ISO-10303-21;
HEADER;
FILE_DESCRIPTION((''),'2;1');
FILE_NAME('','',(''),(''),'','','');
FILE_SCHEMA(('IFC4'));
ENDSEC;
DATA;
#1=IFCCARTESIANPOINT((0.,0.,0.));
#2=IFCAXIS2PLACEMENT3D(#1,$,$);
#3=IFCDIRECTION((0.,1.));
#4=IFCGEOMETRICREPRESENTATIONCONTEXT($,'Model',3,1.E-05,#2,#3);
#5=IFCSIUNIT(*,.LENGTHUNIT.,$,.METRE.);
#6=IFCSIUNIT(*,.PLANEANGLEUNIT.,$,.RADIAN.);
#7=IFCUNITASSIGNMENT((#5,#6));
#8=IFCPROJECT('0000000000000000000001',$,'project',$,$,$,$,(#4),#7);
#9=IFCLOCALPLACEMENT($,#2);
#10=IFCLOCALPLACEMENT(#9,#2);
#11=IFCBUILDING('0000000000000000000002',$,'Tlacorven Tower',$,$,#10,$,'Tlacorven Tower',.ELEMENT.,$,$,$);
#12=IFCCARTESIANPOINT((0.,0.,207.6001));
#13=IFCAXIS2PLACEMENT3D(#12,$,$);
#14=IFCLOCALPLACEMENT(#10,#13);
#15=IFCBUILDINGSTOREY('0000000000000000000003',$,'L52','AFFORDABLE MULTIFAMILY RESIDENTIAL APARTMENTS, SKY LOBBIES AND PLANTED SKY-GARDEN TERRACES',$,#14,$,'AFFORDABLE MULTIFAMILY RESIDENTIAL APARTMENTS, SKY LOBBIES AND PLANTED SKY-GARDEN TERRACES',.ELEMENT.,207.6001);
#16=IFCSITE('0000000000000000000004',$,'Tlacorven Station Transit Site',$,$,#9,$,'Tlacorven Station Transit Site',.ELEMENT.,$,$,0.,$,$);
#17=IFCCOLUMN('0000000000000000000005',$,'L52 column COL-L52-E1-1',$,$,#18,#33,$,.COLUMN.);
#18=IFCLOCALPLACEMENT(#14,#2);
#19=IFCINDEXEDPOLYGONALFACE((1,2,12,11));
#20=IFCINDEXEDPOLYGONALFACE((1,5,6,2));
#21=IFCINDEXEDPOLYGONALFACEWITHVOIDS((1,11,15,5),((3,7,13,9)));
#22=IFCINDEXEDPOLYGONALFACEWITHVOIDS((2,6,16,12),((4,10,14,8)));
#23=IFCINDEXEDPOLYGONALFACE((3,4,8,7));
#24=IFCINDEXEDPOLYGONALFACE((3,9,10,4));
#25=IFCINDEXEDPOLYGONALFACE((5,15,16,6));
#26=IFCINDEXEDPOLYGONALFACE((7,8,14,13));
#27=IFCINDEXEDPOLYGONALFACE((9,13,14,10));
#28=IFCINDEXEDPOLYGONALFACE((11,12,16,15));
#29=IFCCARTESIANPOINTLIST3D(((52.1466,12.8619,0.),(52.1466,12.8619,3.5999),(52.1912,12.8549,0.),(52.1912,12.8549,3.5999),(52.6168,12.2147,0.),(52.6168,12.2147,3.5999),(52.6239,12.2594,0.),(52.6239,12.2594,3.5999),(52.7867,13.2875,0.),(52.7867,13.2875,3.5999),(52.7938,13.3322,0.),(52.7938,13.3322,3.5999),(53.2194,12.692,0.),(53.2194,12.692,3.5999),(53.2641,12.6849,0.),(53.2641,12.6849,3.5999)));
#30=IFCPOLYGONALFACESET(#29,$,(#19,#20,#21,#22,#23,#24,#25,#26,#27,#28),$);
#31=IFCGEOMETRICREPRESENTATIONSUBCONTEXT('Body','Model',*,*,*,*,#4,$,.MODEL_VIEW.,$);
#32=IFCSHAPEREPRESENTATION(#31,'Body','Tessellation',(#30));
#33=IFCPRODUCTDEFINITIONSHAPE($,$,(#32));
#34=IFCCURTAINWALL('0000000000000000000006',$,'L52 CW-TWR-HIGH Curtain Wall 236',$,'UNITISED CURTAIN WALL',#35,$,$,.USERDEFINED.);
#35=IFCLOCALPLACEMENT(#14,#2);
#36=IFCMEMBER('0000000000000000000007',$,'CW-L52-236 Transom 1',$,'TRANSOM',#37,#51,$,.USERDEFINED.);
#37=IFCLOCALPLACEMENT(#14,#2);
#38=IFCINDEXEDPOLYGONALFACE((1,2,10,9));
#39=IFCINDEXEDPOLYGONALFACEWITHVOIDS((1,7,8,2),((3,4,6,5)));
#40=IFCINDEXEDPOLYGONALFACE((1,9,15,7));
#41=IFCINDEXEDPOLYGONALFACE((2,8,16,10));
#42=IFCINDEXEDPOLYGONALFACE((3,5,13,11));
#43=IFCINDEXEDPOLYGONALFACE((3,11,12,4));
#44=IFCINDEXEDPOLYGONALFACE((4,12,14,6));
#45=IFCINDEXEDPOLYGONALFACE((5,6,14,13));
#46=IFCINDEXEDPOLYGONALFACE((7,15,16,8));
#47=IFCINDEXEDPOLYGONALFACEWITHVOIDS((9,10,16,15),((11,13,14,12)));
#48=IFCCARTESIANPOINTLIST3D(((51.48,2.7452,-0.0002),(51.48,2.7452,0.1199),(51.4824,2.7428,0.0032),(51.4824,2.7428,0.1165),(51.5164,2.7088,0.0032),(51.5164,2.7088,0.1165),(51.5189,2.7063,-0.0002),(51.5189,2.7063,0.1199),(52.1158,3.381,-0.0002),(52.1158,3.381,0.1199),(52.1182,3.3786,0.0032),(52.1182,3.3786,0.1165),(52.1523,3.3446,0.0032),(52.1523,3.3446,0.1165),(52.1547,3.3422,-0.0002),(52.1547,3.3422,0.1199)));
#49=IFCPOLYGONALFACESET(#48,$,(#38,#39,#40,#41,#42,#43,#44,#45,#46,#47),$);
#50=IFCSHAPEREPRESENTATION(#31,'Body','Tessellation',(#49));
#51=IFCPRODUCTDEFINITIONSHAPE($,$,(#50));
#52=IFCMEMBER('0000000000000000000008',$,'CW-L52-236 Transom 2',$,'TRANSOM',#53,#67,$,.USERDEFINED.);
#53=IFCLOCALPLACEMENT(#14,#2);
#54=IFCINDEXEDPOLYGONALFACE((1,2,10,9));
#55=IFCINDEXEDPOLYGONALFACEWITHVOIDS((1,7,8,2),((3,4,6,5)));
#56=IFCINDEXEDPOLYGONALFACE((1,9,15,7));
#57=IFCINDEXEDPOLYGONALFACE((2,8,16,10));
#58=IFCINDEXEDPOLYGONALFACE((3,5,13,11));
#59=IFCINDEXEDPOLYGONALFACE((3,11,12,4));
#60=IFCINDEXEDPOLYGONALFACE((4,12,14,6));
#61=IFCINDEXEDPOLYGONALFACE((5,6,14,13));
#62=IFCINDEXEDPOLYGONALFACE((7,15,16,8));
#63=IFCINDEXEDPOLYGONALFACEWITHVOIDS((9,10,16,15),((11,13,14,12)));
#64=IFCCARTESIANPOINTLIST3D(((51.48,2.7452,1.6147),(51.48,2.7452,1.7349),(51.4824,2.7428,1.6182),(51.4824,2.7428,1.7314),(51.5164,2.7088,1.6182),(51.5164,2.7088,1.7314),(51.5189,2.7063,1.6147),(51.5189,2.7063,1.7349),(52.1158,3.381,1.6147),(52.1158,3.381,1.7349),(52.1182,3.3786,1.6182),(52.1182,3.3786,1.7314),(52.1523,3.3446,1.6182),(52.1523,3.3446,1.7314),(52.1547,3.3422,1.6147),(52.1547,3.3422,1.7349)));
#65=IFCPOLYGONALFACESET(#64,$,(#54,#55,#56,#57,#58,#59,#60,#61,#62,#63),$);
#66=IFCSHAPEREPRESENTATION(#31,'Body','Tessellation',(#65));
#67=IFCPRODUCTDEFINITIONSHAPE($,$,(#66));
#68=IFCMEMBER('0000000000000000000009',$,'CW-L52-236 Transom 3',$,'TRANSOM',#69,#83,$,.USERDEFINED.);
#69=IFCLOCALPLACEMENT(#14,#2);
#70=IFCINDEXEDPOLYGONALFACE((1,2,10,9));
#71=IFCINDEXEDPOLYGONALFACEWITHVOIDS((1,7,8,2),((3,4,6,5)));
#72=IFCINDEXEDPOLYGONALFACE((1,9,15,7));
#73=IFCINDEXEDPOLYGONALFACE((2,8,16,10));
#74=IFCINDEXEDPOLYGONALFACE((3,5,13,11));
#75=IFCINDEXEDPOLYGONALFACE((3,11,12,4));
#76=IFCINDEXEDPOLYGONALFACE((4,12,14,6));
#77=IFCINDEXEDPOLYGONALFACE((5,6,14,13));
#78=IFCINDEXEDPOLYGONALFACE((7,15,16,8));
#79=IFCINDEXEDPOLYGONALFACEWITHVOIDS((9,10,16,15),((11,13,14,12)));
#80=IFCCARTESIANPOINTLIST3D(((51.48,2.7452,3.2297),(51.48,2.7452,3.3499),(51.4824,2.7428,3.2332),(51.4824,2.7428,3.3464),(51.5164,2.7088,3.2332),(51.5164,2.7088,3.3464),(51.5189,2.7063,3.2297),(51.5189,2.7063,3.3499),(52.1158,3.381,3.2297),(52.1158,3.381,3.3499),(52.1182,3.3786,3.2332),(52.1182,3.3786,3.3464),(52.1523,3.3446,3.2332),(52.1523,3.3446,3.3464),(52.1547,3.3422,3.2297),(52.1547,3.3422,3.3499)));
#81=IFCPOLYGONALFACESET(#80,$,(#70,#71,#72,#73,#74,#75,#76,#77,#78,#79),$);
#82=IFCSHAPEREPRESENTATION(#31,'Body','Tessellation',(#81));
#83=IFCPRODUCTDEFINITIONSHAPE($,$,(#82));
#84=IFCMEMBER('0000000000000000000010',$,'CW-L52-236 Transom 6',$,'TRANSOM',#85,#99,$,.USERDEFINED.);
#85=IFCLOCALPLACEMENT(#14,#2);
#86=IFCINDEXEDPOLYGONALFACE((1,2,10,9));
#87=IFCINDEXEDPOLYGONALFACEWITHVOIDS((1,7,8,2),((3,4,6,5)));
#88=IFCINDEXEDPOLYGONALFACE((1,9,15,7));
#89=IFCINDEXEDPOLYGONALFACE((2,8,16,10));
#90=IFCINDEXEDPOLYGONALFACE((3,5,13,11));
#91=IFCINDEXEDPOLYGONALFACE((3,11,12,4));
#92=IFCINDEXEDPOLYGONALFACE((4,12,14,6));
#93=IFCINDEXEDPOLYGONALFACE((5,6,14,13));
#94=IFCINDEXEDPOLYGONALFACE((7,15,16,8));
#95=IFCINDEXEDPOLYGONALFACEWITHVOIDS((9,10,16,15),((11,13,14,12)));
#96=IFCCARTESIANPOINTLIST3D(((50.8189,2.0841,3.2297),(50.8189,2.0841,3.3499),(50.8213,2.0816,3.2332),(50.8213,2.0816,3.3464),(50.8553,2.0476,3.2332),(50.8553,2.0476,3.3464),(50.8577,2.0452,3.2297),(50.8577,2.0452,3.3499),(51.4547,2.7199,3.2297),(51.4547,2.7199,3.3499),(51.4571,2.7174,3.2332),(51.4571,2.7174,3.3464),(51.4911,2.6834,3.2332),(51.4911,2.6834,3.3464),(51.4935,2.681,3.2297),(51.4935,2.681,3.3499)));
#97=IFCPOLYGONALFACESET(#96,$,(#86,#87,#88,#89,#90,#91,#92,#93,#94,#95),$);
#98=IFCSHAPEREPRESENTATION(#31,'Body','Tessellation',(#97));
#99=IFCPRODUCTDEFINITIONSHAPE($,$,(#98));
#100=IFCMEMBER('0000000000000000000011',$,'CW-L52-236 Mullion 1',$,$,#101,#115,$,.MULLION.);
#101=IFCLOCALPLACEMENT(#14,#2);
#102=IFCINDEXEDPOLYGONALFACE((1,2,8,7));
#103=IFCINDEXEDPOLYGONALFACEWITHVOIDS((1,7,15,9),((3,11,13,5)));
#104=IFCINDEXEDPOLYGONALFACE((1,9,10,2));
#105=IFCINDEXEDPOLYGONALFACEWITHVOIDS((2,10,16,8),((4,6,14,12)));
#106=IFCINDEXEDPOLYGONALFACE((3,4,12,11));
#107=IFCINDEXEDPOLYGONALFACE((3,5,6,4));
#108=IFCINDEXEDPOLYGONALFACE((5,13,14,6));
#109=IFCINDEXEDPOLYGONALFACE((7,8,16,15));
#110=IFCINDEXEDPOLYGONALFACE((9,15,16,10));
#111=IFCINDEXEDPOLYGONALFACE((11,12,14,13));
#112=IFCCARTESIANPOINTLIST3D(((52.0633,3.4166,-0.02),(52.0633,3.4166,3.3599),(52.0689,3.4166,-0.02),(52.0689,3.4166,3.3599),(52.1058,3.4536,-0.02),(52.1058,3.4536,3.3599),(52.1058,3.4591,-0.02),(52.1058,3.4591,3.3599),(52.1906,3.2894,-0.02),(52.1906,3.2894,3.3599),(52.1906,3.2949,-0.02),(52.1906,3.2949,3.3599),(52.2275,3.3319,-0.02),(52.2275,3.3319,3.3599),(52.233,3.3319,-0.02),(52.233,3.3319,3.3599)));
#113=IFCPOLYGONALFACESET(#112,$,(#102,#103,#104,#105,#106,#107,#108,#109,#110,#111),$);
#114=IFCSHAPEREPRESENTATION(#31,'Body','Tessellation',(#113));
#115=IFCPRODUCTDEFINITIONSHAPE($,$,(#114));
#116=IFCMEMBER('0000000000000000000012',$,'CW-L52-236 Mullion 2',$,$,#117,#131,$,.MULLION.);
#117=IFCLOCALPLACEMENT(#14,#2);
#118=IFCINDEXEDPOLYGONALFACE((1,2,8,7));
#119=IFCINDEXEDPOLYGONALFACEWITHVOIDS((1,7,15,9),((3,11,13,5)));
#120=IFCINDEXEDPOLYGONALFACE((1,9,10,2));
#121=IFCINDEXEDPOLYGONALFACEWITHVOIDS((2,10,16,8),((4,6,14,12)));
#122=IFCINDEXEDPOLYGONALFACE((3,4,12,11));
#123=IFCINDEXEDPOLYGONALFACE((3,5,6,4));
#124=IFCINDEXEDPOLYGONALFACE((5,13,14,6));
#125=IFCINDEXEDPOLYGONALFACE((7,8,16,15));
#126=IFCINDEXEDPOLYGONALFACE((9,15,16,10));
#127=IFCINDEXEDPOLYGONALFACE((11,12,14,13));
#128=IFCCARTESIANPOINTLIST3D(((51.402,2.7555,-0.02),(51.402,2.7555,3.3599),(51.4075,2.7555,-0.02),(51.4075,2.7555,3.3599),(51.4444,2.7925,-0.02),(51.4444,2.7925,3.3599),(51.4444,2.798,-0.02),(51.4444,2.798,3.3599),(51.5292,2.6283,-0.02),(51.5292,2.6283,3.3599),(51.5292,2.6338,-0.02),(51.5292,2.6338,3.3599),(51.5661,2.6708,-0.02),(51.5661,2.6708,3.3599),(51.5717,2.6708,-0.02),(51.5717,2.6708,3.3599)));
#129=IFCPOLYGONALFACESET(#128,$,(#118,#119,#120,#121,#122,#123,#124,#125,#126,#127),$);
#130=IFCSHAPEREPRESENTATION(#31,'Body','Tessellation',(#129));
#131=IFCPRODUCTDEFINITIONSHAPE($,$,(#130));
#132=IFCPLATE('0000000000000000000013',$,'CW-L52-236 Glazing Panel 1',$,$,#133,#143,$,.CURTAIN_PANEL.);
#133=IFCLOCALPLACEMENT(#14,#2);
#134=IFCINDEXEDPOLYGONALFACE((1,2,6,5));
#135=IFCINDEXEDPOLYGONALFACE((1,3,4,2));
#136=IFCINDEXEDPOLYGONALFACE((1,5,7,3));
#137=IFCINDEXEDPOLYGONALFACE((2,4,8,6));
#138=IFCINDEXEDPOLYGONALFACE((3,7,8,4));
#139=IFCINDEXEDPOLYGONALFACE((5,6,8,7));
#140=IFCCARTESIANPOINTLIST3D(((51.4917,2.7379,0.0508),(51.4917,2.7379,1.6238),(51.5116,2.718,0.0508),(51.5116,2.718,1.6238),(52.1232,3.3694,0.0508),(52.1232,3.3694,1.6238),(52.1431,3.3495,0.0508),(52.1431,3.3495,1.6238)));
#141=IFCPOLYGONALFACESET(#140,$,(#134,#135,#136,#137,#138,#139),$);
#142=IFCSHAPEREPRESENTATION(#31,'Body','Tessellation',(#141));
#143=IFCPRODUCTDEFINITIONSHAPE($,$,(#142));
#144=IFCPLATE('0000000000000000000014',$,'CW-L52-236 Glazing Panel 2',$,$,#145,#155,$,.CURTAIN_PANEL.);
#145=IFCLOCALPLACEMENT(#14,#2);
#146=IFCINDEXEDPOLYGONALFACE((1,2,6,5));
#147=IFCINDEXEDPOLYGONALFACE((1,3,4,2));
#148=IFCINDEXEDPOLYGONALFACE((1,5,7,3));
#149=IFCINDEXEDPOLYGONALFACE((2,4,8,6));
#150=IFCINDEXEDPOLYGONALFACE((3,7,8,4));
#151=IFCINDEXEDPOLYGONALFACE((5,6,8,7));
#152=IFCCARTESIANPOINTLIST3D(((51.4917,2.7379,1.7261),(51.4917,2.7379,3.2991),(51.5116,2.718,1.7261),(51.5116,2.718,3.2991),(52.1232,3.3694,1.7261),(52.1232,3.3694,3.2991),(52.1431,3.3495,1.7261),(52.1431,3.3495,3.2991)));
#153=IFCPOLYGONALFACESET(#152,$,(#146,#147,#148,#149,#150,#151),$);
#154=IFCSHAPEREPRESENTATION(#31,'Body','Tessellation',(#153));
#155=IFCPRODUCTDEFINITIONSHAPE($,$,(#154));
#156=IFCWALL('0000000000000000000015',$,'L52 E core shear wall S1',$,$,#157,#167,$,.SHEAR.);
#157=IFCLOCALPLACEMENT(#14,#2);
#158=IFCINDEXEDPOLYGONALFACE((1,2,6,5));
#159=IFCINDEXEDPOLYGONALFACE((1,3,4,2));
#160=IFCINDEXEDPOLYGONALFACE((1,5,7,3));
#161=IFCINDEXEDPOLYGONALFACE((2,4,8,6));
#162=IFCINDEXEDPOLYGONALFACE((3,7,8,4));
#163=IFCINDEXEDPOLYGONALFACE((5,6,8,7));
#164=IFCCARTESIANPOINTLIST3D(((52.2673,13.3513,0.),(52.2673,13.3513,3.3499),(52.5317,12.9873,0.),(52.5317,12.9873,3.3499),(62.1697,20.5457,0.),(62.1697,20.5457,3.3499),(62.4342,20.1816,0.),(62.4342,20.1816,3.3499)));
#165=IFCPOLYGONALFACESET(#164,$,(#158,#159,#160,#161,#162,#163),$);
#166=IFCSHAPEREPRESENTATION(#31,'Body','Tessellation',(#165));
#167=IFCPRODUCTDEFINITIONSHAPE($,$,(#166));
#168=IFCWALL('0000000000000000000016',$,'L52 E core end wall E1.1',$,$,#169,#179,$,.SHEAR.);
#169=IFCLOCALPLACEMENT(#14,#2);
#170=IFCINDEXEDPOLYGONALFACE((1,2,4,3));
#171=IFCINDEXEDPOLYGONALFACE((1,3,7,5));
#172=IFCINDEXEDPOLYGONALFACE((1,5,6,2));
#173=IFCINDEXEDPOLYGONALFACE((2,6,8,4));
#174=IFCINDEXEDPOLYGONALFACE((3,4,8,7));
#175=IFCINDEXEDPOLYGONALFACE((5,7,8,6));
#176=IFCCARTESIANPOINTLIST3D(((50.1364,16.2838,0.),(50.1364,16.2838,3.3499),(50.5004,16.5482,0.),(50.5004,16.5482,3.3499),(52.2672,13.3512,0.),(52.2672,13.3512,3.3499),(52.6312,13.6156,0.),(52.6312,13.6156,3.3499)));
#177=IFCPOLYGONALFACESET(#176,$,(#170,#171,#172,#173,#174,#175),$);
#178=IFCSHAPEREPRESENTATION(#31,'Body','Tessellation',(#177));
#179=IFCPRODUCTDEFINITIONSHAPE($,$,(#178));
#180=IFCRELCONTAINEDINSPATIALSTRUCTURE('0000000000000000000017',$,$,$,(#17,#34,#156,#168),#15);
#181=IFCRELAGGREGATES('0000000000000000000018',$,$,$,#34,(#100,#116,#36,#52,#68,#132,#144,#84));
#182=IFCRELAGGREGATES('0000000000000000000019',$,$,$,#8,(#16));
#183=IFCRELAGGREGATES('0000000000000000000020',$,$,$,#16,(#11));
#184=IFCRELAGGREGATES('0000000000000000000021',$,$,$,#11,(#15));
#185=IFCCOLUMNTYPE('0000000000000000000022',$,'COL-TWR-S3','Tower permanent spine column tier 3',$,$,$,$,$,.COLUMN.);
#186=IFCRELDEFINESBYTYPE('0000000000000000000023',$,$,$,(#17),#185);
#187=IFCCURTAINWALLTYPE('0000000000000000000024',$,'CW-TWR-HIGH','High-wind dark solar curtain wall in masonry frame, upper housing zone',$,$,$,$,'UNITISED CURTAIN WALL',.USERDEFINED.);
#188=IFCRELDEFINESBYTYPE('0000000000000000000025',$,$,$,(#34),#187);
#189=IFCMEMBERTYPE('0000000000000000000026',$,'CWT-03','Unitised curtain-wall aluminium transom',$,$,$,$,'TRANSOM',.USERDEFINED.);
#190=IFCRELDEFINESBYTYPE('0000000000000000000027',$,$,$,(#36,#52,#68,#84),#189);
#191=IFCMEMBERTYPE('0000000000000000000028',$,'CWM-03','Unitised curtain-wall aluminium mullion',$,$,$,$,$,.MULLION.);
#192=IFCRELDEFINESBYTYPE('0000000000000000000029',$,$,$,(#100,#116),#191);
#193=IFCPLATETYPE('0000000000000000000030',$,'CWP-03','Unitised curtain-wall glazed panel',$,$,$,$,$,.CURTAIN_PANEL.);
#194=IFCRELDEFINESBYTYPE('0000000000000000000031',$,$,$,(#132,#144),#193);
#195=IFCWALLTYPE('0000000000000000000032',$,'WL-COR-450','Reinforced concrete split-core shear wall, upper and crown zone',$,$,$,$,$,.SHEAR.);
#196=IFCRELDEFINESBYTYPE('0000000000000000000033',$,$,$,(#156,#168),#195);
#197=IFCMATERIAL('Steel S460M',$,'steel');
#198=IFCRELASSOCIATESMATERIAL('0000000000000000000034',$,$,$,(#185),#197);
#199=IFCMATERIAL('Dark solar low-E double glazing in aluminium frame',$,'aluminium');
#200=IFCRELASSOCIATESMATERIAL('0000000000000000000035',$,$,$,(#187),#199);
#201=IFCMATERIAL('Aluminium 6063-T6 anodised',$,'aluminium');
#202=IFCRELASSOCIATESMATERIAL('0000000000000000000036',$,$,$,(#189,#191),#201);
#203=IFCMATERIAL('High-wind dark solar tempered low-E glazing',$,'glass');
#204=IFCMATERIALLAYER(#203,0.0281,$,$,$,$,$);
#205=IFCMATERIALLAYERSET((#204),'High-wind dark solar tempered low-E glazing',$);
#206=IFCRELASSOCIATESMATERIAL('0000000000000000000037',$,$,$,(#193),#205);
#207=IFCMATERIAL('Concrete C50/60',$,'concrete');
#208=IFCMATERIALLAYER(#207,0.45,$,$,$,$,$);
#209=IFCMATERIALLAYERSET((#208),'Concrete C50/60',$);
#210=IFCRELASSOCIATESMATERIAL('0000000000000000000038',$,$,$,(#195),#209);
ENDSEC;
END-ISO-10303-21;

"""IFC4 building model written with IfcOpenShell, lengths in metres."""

from ifc_helpers import new_model, si_unit, direction, frame, frame_2d, origin, origin_2d, place, context, subcontext, project, spatial, rectangle, hollow_rectangle, extrude, source, transform, mapped, material, layer, layer_set, material_profile, profile_set, type_object, element, aggregate, save


model = new_model("IFC4")

# Units and contexts
model_context = context("Model", 3, precision=1e-05, world=origin(), true_north=direction((0.0, 1.0)))
body_context = subcontext(model_context, "Body", "Model", "MODEL_VIEW")
ifc_project = project(units=[si_unit("LENGTHUNIT", "METRE"), si_unit("PLANEANGLEUNIT", "RADIAN")], contexts=[model_context])

# Site, building, storey
site_placement = place(None, origin())
site = spatial("IfcSite", under=ifc_project, at=site_placement, Name="Tlacorven Station Transit Site", LongName="Tlacorven Station Transit Site", CompositionType="ELEMENT", RefElevation=0.0)
building_placement = place(site_placement, origin())
building = spatial("IfcBuilding", under=site, at=building_placement, Name="Tlacorven Tower", LongName="Tlacorven Tower", CompositionType="ELEMENT")
storey_placement = place(building_placement, frame((0.0, 0.0, 207.6001)))
storey = spatial("IfcBuildingStorey", under=building, at=storey_placement, Name="L52", Description="AFFORDABLE MULTIFAMILY RESIDENTIAL APARTMENTS, SKY LOBBIES AND PLANTED SKY-GARDEN TERRACES", LongName="AFFORDABLE MULTIFAMILY RESIDENTIAL APARTMENTS, SKY LOBBIES AND PLANTED SKY-GARDEN TERRACES", CompositionType="ELEMENT", Elevation=207.6001)

# Column
ifc_material_1 = material(Name="Steel S460M", Category="steel")
ifc_material_profile_1 = material_profile(ifc_material_1, hollow_rectangle(XDim=0.8, YDim=0.8, WallThickness=0.032, at=origin_2d()), Name="BOX 800X800X32")
ifc_profile_set_1 = profile_set([ifc_material_profile_1], Name="Steel S460M")
column_type = type_object("IfcColumnType", Name="COL-TWR-S3", Description="Tower permanent spine column tier 3", PredefinedType="COLUMN", material=ifc_profile_set_1)
shared_shape_1 = source(origin(), body_context, "Body", "SweptSolid", [
    extrude(hollow_rectangle(XDim=0.8, YDim=0.8, WallThickness=0.032, at=origin_2d()), origin(), (0.0, 0.0, 1.0), 3.5999),
])
column_placement = place(storey_placement, frame((52.7053, 12.7734, 0.0), z_axis=(0.0, 0.0, 1.0), x_axis=(0.809017, 0.587785, 0.0)))
element("IfcColumn", 1, at=column_placement, inside=storey, type_object=column_type, Name="L52 column COL-L52-E1-1", PredefinedType="COLUMN", context=body_context, shape_type="MappedRepresentation", body=[
    mapped(shared_shape_1, transform((0.0, 0.0, 0.0), scale=1.0)),
])

# Curtain wall, members, plates
ifc_material_2 = material(Name="Dark solar low-E double glazing in aluminium frame", Category="aluminium")
curtain_wall_type = type_object("IfcCurtainWallType", Name="CW-TWR-HIGH", Description="High-wind dark solar curtain wall in masonry frame, upper housing zone", ElementType="UNITISED CURTAIN WALL", PredefinedType="USERDEFINED", material=ifc_material_2)
curtain_wall_placement = place(storey_placement, origin())
curtain_wall = element("IfcCurtainWall", 2, at=curtain_wall_placement, inside=storey, type_object=curtain_wall_type, Name="L52 CW-TWR-HIGH Curtain Wall 236", ObjectType="UNITISED CURTAIN WALL", PredefinedType="USERDEFINED")
ifc_material_3 = material(Name="Aluminium 6063-T6 anodised", Category="aluminium")
ifc_material_profile_2 = material_profile(ifc_material_3, hollow_rectangle(XDim=0.0549, YDim=0.1201, WallThickness=0.0034, at=origin_2d()), Name="ALU TRANSOM 55X120")
ifc_profile_set_2 = profile_set([ifc_material_profile_2], Name="Aluminium 6063-T6 anodised")
member_type_1 = type_object("IfcMemberType", Name="CWT-03", Description="Unitised curtain-wall aluminium transom", ElementType="TRANSOM", PredefinedType="USERDEFINED", material=ifc_profile_set_2)
shared_shape_2 = source(origin(), body_context, "Body", "SweptSolid", [
    extrude(hollow_rectangle(XDim=0.0549, YDim=0.1201, WallThickness=0.0034, at=origin_2d()), origin(), (0.0, 0.0, 1.0), 0.8992),
])
member_1_placement = place(storey_placement, frame((52.1353, 3.3616, 0.0598), z_axis=(-0.707107, -0.707107, 0.0), x_axis=(0.707107, -0.707107, 0.0)))
member_1 = element("IfcMember", 3, at=member_1_placement, type_object=member_type_1, Name="CW-L52-236 Transom 1", ObjectType="TRANSOM", PredefinedType="USERDEFINED", context=body_context, shape_type="MappedRepresentation", body=[
    mapped(shared_shape_2, transform((0.0, 0.0, 0.0), scale=1.0)),
])
member_2_placement = place(storey_placement, frame((52.1353, 3.3616, 1.6748), z_axis=(-0.707107, -0.707107, 0.0), x_axis=(0.707107, -0.707107, 0.0)))
member_2 = element("IfcMember", 4, at=member_2_placement, type_object=member_type_1, Name="CW-L52-236 Transom 2", ObjectType="TRANSOM", PredefinedType="USERDEFINED", context=body_context, shape_type="MappedRepresentation", body=[
    mapped(shared_shape_2, transform((0.0, 0.0, 0.0), scale=1.0)),
])
member_3_placement = place(storey_placement, frame((52.1353, 3.3616, 3.2898), z_axis=(-0.707107, -0.707107, 0.0), x_axis=(0.707107, -0.707107, 0.0)))
member_3 = element("IfcMember", 5, at=member_3_placement, type_object=member_type_1, Name="CW-L52-236 Transom 3", ObjectType="TRANSOM", PredefinedType="USERDEFINED", context=body_context, shape_type="MappedRepresentation", body=[
    mapped(shared_shape_2, transform((0.0, 0.0, 0.0), scale=1.0)),
])
member_4_placement = place(storey_placement, frame((51.4741, 2.7004, 3.2898), z_axis=(-0.707107, -0.707107, 0.0), x_axis=(0.707107, -0.707107, 0.0)))
member_4 = element("IfcMember", 6, at=member_4_placement, type_object=member_type_1, Name="CW-L52-236 Transom 6", ObjectType="TRANSOM", PredefinedType="USERDEFINED", context=body_context, shape_type="MappedRepresentation", body=[
    mapped(shared_shape_2, transform((0.0, 0.0, 0.0), scale=1.0)),
])
ifc_material_profile_3 = material_profile(ifc_material_3, hollow_rectangle(XDim=0.0601, YDim=0.1799, WallThickness=0.0039, at=origin_2d()), Name="ALU MULLION 60X180")
ifc_profile_set_3 = profile_set([ifc_material_profile_3], Name="Aluminium 6063-T6 anodised")
member_type_2 = type_object("IfcMemberType", Name="CWM-03", Description="Unitised curtain-wall aluminium mullion", PredefinedType="MULLION", material=ifc_profile_set_3)
shared_shape_3 = source(origin(), body_context, "Body", "SweptSolid", [
    extrude(hollow_rectangle(XDim=0.0601, YDim=0.1799, WallThickness=0.0039, at=origin_2d()), origin(), (0.0, 0.0, 1.0), 3.3799),
])
member_5_placement = place(storey_placement, frame((52.1482, 3.3743, -0.02), z_axis=(0.0, 0.0, 1.0), x_axis=(-0.707107, -0.707107, 0.0)))
member_5 = element("IfcMember", 7, at=member_5_placement, type_object=member_type_2, Name="CW-L52-236 Mullion 1", PredefinedType="MULLION", context=body_context, shape_type="MappedRepresentation", body=[
    mapped(shared_shape_3, transform((0.0, 0.0, 0.0), scale=1.0)),
])
member_6_placement = place(storey_placement, frame((51.4868, 2.7131, -0.02), z_axis=(0.0, 0.0, 1.0), x_axis=(-0.707107, -0.707107, 0.0)))
member_6 = element("IfcMember", 8, at=member_6_placement, type_object=member_type_2, Name="CW-L52-236 Mullion 2", PredefinedType="MULLION", context=body_context, shape_type="MappedRepresentation", body=[
    mapped(shared_shape_3, transform((0.0, 0.0, 0.0), scale=1.0)),
])
ifc_material_4 = material(Name="High-wind dark solar tempered low-E glazing", Category="glass")
ifc_layer_1 = layer(ifc_material_4, 0.0281)
ifc_layer_set_1 = layer_set([ifc_layer_1], Name="High-wind dark solar tempered low-E glazing")
plate_type = type_object("IfcPlateType", Name="CWP-03", Description="Unitised curtain-wall glazed panel", PredefinedType="CURTAIN_PANEL", material=ifc_layer_set_1)
shared_shape_4 = source(origin(), body_context, "Body", "SweptSolid", [
    extrude(rectangle(XDim=0.8931, YDim=0.0281, at=origin_2d()), origin(), (0.0, 0.0, 1.0), 1.573),
])
plate_1_placement = place(storey_placement, frame((51.8174, 3.0437, 0.0508), z_axis=(0.0, 0.0, 1.0), x_axis=(-0.707107, -0.707107, 0.0)))
plate_1 = element("IfcPlate", 9, at=plate_1_placement, type_object=plate_type, Name="CW-L52-236 Glazing Panel 1", PredefinedType="CURTAIN_PANEL", context=body_context, shape_type="MappedRepresentation", body=[
    mapped(shared_shape_4, transform((0.0, 0.0, 0.0), scale=1.0)),
])
plate_2_placement = place(storey_placement, frame((51.8174, 3.0437, 1.7261), z_axis=(0.0, 0.0, 1.0), x_axis=(-0.707107, -0.707107, 0.0)))
plate_2 = element("IfcPlate", 10, at=plate_2_placement, type_object=plate_type, Name="CW-L52-236 Glazing Panel 2", PredefinedType="CURTAIN_PANEL", context=body_context, shape_type="MappedRepresentation", body=[
    mapped(shared_shape_4, transform((0.0, 0.0, 0.0), scale=1.0)),
])
aggregate(curtain_wall, [member_5, member_6, member_1, member_2, member_3, plate_1, plate_2, member_4])

# Walls
ifc_material_5 = material(Name="Concrete C50/60", Category="concrete")
ifc_layer_2 = layer(ifc_material_5, 0.45)
ifc_layer_set_2 = layer_set([ifc_layer_2], Name="Concrete C50/60")
wall_type_1 = type_object("IfcWallType", Name="WL-COR-450", Description="Reinforced concrete split-core shear wall, upper and crown zone", PredefinedType="SHEAR", material=ifc_layer_set_2)
wall_1_placement = place(storey_placement, frame((52.3994, 13.1692, 0.0), z_axis=(0.0, 0.0, 1.0), x_axis=(0.809022, 0.587778, 0.0)))
element("IfcWall", 11, at=wall_1_placement, inside=storey, type_object=wall_type_1, Name="L52 E core shear wall S1", PredefinedType="SHEAR", context=body_context, shape_type="SweptSolid", body=[
    extrude(rectangle(XDim=12.24, YDim=0.45, at=frame_2d((6.1201, 0.0))), origin(), (0.0, 0.0, 1.0), 3.3499),
])
wall_2_placement = place(storey_placement, frame((52.4492, 13.4834, 0.0), z_axis=(0.0, 0.0, 1.0), x_axis=(-0.587819, 0.808992, 0.0)))
element("IfcWall", 12, at=wall_2_placement, inside=storey, type_object=wall_type_1, Name="L52 E core end wall E1.1", PredefinedType="SHEAR", context=body_context, shape_type="SweptSolid", body=[
    extrude(rectangle(XDim=3.625, YDim=0.45, at=frame_2d((1.8125, 0.0))), origin(), (0.0, 0.0, 1.0), 3.3499),
])

save(model, "model.ifc")
